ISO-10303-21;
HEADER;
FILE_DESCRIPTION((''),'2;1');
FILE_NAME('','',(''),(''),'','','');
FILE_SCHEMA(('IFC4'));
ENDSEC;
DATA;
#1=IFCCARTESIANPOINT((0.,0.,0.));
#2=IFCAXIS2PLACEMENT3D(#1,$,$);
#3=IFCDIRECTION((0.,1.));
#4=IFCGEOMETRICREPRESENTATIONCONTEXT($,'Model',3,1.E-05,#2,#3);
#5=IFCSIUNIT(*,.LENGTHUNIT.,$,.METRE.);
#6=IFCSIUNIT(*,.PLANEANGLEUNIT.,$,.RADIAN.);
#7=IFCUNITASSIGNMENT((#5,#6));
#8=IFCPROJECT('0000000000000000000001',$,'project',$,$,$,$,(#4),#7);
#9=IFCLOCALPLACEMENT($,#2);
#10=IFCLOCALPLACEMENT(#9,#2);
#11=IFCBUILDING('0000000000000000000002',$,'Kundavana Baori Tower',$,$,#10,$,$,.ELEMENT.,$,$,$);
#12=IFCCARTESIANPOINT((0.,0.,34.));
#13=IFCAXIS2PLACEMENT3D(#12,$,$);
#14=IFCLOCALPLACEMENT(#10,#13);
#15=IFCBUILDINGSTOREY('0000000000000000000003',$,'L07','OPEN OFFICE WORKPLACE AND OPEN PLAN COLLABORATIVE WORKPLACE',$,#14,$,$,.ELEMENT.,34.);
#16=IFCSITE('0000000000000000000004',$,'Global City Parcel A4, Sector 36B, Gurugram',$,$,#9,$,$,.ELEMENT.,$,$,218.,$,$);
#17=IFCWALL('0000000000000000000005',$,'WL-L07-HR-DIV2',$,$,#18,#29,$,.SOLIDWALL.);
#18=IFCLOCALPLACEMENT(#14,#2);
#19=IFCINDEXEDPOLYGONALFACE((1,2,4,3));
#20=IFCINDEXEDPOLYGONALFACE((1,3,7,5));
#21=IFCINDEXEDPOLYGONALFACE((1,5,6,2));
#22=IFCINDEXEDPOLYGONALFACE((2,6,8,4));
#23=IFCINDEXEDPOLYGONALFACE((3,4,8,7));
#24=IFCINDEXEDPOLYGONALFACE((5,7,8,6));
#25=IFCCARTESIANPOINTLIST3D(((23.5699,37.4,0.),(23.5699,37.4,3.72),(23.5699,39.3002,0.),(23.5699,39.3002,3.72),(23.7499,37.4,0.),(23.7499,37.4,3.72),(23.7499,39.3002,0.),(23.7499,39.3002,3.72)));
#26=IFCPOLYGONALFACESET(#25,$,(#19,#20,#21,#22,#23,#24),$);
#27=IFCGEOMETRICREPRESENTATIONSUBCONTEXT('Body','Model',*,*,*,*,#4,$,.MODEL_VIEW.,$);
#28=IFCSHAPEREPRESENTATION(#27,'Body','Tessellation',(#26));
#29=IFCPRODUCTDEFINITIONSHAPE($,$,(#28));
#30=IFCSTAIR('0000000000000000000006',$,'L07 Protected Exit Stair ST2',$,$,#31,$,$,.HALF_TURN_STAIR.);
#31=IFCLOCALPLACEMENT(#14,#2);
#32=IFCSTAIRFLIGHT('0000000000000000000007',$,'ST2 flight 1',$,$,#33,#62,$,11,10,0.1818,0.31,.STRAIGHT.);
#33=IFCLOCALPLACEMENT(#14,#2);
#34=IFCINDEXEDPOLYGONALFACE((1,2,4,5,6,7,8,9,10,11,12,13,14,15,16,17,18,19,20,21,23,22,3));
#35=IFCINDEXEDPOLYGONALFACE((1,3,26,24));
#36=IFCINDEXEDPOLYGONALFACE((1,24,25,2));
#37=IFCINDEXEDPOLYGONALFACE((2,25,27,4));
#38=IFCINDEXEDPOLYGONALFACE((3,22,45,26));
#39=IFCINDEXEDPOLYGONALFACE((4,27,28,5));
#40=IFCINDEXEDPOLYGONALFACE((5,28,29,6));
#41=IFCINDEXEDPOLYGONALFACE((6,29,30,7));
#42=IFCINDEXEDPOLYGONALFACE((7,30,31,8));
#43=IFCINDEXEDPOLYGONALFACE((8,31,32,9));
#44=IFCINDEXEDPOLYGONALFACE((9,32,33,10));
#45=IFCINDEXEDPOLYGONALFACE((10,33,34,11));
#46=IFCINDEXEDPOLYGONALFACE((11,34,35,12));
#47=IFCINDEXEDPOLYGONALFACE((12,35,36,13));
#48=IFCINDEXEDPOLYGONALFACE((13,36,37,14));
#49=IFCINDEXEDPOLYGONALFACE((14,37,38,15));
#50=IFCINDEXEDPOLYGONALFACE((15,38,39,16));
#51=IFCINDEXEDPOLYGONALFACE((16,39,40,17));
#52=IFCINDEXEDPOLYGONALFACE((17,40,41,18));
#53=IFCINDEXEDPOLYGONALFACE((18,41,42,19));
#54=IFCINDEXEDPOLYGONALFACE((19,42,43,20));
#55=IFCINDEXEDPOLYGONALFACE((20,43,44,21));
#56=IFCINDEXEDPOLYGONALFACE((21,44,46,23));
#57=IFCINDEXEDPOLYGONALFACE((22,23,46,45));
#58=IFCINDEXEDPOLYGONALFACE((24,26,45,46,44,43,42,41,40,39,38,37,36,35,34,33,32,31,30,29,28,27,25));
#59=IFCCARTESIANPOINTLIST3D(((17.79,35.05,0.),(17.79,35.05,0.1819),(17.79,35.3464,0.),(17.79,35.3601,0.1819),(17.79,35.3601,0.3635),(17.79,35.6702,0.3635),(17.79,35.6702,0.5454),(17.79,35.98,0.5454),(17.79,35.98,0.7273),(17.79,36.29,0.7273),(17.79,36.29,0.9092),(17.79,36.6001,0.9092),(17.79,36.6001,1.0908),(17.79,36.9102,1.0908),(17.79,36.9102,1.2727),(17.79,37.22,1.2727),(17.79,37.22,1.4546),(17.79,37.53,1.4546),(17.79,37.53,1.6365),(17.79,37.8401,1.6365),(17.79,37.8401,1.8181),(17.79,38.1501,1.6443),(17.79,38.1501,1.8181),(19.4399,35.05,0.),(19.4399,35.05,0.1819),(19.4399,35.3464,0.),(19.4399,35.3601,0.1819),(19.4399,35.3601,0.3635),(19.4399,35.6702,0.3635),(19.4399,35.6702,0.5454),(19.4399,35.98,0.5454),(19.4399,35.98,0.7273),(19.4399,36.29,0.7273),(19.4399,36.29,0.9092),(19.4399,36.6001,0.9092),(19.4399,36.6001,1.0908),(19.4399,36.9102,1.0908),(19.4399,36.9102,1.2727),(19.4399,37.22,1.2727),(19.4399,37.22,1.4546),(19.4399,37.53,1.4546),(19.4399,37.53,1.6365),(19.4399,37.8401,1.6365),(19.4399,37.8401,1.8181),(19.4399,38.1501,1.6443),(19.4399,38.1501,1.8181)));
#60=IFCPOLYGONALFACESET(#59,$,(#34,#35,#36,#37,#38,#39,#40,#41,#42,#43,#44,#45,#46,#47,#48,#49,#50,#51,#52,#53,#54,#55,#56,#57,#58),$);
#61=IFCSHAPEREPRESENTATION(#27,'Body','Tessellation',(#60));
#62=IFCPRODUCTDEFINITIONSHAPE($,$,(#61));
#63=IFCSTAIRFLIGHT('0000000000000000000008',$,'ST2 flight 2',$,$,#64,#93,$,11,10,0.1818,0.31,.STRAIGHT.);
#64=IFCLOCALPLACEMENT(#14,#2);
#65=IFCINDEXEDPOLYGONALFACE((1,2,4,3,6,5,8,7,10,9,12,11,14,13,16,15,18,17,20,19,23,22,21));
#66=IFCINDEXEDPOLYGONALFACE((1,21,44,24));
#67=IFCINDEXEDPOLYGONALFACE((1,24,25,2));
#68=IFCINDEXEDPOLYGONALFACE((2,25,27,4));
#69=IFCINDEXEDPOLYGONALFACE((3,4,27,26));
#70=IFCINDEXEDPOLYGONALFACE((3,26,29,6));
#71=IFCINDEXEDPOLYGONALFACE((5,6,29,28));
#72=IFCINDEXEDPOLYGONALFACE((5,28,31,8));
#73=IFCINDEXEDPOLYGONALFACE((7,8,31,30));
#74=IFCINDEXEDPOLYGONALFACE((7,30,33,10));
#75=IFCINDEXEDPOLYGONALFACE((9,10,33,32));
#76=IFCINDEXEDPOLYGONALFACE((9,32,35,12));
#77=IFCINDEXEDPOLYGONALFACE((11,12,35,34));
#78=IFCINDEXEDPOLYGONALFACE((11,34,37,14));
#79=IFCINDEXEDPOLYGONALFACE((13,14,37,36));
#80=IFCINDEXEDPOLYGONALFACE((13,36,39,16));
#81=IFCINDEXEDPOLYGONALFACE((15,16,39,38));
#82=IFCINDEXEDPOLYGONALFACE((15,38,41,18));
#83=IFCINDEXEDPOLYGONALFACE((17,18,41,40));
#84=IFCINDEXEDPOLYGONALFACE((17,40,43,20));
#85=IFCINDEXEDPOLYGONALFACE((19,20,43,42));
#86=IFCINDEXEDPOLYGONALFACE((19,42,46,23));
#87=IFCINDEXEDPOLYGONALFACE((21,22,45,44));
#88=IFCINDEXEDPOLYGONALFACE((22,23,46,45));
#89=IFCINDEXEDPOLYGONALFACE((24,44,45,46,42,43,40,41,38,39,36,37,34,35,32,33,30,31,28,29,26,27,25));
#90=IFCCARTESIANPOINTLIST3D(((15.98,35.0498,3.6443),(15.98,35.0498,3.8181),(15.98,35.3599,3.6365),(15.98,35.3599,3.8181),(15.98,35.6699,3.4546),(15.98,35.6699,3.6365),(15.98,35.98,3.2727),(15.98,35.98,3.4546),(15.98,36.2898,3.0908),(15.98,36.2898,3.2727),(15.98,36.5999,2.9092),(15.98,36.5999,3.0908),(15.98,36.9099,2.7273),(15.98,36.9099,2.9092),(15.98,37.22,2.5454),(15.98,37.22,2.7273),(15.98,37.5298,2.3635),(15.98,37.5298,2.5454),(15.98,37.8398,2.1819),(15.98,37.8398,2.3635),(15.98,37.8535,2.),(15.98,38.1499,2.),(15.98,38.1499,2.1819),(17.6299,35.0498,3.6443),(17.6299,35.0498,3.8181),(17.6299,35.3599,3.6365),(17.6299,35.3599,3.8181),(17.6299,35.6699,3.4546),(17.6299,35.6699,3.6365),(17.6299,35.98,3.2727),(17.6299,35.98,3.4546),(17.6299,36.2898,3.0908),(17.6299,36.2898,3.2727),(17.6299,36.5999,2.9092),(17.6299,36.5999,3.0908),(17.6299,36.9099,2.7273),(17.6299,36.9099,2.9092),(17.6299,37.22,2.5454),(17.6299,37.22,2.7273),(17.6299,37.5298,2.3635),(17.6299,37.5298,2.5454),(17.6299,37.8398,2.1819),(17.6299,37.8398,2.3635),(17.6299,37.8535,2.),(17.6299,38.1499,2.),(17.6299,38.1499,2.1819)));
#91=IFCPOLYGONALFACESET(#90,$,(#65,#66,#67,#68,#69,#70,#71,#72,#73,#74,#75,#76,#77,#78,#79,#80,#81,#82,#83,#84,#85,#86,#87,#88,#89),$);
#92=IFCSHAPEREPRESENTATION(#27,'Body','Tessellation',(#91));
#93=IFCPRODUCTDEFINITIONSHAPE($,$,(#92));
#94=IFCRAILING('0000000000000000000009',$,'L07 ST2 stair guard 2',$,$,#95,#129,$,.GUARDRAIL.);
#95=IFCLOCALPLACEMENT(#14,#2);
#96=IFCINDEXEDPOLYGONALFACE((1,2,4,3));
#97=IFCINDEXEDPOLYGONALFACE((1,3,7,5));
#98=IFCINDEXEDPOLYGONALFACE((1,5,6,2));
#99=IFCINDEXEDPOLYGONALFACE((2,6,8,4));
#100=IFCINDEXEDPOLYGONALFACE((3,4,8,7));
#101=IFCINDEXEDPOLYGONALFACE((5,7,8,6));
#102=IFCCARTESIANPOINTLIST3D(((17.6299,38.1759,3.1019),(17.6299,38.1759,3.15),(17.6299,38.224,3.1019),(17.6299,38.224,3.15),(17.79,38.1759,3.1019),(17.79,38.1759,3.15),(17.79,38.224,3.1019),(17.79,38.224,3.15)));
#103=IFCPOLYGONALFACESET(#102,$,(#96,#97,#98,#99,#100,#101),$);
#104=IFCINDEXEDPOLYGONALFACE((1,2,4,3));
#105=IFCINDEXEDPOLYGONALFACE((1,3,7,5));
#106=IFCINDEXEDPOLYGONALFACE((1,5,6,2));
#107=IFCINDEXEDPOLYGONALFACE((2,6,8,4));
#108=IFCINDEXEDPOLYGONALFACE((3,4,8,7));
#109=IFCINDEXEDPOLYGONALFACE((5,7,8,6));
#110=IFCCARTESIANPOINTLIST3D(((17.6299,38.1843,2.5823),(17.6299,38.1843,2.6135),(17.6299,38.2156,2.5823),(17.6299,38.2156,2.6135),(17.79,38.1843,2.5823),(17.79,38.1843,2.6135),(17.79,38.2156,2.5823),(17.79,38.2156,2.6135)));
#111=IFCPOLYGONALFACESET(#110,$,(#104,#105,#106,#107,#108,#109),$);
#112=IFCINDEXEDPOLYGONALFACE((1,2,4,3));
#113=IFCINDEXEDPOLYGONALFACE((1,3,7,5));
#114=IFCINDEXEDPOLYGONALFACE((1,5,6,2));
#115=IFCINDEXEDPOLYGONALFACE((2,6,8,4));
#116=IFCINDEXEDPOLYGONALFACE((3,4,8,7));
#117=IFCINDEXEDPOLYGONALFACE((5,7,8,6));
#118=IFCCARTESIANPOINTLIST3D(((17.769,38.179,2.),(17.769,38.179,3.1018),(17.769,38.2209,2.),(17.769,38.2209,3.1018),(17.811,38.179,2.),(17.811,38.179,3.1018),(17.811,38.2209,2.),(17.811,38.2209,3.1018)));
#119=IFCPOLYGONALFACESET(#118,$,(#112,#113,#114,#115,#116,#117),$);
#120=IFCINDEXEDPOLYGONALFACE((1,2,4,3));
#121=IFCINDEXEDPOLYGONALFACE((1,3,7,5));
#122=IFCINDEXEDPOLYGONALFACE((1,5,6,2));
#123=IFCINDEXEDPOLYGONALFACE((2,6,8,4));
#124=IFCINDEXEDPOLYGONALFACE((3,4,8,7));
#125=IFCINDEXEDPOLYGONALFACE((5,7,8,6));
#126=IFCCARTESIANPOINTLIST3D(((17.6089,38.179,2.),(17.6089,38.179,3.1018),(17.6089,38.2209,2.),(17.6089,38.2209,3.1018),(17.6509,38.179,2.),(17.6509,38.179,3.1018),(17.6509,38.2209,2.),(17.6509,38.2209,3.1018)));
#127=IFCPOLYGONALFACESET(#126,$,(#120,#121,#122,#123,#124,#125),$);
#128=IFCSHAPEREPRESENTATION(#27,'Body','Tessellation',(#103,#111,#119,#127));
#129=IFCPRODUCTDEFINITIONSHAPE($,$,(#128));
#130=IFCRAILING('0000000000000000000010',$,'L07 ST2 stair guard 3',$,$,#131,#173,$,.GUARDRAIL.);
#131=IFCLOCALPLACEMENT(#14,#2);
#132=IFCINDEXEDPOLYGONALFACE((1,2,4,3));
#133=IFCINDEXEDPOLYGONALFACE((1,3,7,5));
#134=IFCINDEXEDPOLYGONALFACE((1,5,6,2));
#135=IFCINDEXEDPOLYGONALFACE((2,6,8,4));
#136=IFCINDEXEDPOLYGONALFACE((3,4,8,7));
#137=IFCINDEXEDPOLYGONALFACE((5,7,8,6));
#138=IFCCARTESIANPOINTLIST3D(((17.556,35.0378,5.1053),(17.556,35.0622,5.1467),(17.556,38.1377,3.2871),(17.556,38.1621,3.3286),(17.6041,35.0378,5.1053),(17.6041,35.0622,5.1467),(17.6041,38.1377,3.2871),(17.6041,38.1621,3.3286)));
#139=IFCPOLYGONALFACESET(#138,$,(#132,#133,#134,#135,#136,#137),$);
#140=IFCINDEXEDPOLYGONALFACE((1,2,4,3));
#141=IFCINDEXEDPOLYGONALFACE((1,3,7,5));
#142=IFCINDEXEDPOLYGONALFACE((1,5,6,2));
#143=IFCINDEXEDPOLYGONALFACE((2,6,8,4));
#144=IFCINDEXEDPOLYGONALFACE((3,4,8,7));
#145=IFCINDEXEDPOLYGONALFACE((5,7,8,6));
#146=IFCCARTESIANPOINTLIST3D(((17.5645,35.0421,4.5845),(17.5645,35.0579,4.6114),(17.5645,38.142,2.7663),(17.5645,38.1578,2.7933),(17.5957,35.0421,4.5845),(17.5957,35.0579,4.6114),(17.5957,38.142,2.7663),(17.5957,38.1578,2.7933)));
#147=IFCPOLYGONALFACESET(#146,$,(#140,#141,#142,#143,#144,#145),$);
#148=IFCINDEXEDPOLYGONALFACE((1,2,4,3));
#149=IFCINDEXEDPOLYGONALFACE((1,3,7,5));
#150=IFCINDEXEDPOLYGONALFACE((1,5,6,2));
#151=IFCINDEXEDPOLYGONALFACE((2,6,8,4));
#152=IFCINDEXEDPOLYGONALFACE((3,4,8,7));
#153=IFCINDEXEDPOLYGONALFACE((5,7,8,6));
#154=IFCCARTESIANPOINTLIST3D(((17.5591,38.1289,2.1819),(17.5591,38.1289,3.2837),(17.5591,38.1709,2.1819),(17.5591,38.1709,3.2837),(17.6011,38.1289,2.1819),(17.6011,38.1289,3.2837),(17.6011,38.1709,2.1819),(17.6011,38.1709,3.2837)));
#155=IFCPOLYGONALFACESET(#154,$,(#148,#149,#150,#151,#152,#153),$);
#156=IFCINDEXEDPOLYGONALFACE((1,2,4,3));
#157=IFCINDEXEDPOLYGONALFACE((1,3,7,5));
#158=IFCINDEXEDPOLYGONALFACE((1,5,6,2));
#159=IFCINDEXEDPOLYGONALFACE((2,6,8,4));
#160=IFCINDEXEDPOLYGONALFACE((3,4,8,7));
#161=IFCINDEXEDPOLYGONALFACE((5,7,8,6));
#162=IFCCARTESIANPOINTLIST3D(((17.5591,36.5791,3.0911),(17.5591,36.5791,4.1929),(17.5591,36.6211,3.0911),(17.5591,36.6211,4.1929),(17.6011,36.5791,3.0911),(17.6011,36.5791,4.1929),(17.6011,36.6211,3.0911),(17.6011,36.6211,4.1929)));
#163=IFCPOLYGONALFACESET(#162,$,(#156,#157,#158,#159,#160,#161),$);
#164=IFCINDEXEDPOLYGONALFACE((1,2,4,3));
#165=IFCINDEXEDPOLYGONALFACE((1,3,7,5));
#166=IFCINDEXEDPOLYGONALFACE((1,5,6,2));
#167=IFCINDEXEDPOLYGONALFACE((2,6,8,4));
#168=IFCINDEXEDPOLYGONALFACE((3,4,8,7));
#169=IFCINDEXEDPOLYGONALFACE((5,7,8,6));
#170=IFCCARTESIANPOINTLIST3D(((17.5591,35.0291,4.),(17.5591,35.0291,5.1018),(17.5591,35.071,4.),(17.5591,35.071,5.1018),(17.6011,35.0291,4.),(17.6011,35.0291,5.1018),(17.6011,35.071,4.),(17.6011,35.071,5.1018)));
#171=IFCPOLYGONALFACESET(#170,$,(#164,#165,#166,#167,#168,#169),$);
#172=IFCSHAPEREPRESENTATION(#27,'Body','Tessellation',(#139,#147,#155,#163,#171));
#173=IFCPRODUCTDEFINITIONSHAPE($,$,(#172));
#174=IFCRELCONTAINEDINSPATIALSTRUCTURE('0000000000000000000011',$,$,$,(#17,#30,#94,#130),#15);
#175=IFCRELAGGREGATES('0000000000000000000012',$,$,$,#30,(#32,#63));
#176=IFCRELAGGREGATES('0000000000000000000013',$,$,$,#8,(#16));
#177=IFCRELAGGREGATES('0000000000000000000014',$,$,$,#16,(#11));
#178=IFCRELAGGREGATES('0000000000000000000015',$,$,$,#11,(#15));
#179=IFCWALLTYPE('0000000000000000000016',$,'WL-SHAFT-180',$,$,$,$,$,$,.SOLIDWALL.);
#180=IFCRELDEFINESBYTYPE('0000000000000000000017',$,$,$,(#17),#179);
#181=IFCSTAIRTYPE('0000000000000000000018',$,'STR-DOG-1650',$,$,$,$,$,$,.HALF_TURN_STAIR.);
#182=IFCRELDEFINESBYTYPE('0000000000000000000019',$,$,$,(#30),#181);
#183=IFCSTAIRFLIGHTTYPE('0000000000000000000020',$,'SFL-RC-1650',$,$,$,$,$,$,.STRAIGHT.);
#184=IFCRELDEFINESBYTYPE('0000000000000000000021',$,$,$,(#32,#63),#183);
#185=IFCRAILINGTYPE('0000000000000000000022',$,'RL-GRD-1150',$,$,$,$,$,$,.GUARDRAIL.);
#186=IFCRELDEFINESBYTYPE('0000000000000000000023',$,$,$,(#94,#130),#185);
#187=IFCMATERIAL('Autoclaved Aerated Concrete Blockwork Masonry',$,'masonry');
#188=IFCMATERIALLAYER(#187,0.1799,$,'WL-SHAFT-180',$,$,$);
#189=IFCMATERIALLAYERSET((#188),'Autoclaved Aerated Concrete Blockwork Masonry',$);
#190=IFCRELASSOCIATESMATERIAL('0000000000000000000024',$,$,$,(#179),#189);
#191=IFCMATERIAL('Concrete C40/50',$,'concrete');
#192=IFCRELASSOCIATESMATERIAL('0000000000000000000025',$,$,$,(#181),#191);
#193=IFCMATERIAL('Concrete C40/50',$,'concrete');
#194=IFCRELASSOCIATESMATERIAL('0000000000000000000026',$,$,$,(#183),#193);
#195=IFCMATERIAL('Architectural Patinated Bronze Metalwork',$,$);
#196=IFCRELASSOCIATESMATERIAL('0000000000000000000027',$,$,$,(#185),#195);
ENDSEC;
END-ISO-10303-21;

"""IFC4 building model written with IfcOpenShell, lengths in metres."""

from ifc_helpers import new_model, si_unit, direction, frame, frame_2d, origin, origin_2d, place, context, subcontext, project, spatial, polyline, rectangle, outline, extrude, material, layer, layer_set, type_object, element, aggregate, save


model = new_model("IFC4")

# Units and contexts
model_context = context("Model", 3, precision=1e-05, world=origin(), true_north=direction((0.0, 1.0)))
body_context = subcontext(model_context, "Body", "Model", "MODEL_VIEW")
ifc_project = project(units=[si_unit("LENGTHUNIT", "METRE"), si_unit("PLANEANGLEUNIT", "RADIAN")], contexts=[model_context])

# Site, building, storey
site_placement = place(None, origin())
site = spatial("IfcSite", under=ifc_project, at=site_placement, Name="Global City Parcel A4, Sector 36B, Gurugram", CompositionType="ELEMENT", RefElevation=218.0)
building_placement = place(site_placement, origin())
building = spatial("IfcBuilding", under=site, at=building_placement, Name="Kundavana Baori Tower", CompositionType="ELEMENT")
storey_placement = place(building_placement, frame((0.0, 0.0, 34.0)))
storey = spatial("IfcBuildingStorey", under=building, at=storey_placement, Name="L07", Description="OPEN OFFICE WORKPLACE AND OPEN PLAN COLLABORATIVE WORKPLACE", CompositionType="ELEMENT", Elevation=34.0)

# Shared definitions
ifc_material_1 = material(Name="Autoclaved Aerated Concrete Blockwork Masonry", Category="masonry")
ifc_layer_1 = layer(ifc_material_1, 0.1799, Name="WL-SHAFT-180")
ifc_layer_set_1 = layer_set([ifc_layer_1], Name="Autoclaved Aerated Concrete Blockwork Masonry")
wall_type_1 = type_object("IfcWallType", Name="WL-SHAFT-180", PredefinedType="SOLIDWALL", material=ifc_layer_set_1)

# Wall
wall_1_placement = place(storey_placement, frame((23.6599, 37.3999, 0.0), z_axis=(0.0, 0.0, 1.0), x_axis=(0.0, 1.0, 0.0)))
element("IfcWall", 1, at=wall_1_placement, inside=storey, type_object=wall_type_1, Name="WL-L07-HR-DIV2", PredefinedType="SOLIDWALL", context=body_context, shape_type="SweptSolid", body=[
    extrude(rectangle(XDim=1.9001, YDim=0.1799, at=frame_2d((0.9502, 0.0))), origin(), (0.0, 0.0, 1.0), 3.72),
])

# Stair, stair flights
ifc_material_2 = material(Name="Concrete C40/50", Category="concrete")
stair_type = type_object("IfcStairType", Name="STR-DOG-1650", PredefinedType="HALF_TURN_STAIR", material=ifc_material_2)
stair_placement = place(storey_placement, origin())
stair = element("IfcStair", 2, at=stair_placement, inside=storey, type_object=stair_type, Name="L07 Protected Exit Stair ST2", PredefinedType="HALF_TURN_STAIR")
ifc_material_3 = material(Name="Concrete C40/50", Category="concrete")
stair_flight_type = type_object("IfcStairFlightType", Name="SFL-RC-1650", PredefinedType="STRAIGHT", material=ifc_material_3)
stair_flight_1_placement = place(storey_placement, frame((18.615, 35.05, 0.0), z_axis=(0.0, 0.0, 1.0), x_axis=(0.0, 1.0, 0.0)))
stair_flight_1 = element("IfcStairFlight", 3, at=stair_flight_1_placement, type_object=stair_flight_type, Name="ST2 flight 1", NumberOfRisers=11, NumberOfTreads=10, PredefinedType="STRAIGHT", RiserHeight=0.1818, TreadLength=0.31, context=body_context, shape_type="SweptSolid", body=[
    extrude(outline(polyline([(0.0, 0.0), (0.0, 0.1819), (0.3101, 0.1819), (0.3101, 0.3635), (0.6201, 0.3635), (0.6201, 0.5454), (0.9299, 0.5454), (0.9299, 0.7273), (1.24, 0.7273), (1.24, 0.9092), (1.55, 0.9092), (1.55, 1.0908), (1.8601, 1.0908), (1.8601, 1.2727), (2.1699, 1.2727), (2.1699, 1.4546), (2.48, 1.4546), (2.48, 1.6365), (2.79, 1.6365), (2.79, 1.8181), (3.1001, 1.8181), (3.1001, 2.0), (3.1001, 1.6443), (0.2964, 0.0), (0.0, 0.0)])), frame((0.0, 0.825, 0.0), z_axis=(0.0, -1.0, 0.0), x_axis=(1.0, 0.0, 0.0)), (0.0, 0.0, 1.0), 1.6499),
])
stair_flight_2_placement = place(storey_placement, frame((16.8049, 38.1499, 2.0), z_axis=(0.0, 0.0, 1.0), x_axis=(0.0, -1.0, 0.0)))
stair_flight_2 = element("IfcStairFlight", 4, at=stair_flight_2_placement, type_object=stair_flight_type, Name="ST2 flight 2", NumberOfRisers=11, NumberOfTreads=10, PredefinedType="STRAIGHT", RiserHeight=0.1818, TreadLength=0.31, context=body_context, shape_type="SweptSolid", body=[
    extrude(outline(polyline([(0.0, 0.0), (0.0, 0.1819), (0.3101, 0.1819), (0.3101, 0.3635), (0.6201, 0.3635), (0.6201, 0.5454), (0.9299, 0.5454), (0.9299, 0.7273), (1.24, 0.7273), (1.24, 0.9092), (1.55, 0.9092), (1.55, 1.0908), (1.8601, 1.0908), (1.8601, 1.2727), (2.1699, 1.2727), (2.1699, 1.4546), (2.48, 1.4546), (2.48, 1.6365), (2.79, 1.6365), (2.79, 1.8181), (3.1001, 1.8181), (3.1001, 2.0), (3.1001, 1.6443), (0.2964, 0.0), (0.0, 0.0)])), frame((0.0, 0.825, 0.0), z_axis=(0.0, -1.0, 0.0), x_axis=(1.0, 0.0, 0.0)), (0.0, 0.0, 1.0), 1.6499),
])
aggregate(stair, [stair_flight_1, stair_flight_2])

# Railings
ifc_material_4 = material(Name="Architectural Patinated Bronze Metalwork")
railing_type_1 = type_object("IfcRailingType", Name="RL-GRD-1150", PredefinedType="GUARDRAIL", material=ifc_material_4)
railing_1_placement = place(storey_placement, frame((17.79, 38.2, 2.0)))
element("IfcRailing", 5, at=railing_1_placement, inside=storey, type_object=railing_type_1, Name="L07 ST2 stair guard 2", PredefinedType="GUARDRAIL", context=body_context, shape_type="SweptSolid", body=[
    extrude(rectangle(XDim=0.0481, YDim=0.0481, at=origin_2d()), frame((0.0, 0.0, 1.126), z_axis=(-1.0, 0.0, 0.0), x_axis=(0.0, -1.0, 0.0)), (0.0, 0.0, 1.0), 0.1602),
    extrude(rectangle(XDim=0.0312, YDim=0.0312, at=origin_2d()), frame((0.0, 0.0, 0.5979), z_axis=(-1.0, 0.0, 0.0), x_axis=(0.0, -1.0, 0.0)), (0.0, 0.0, 1.0), 0.1602),
    extrude(rectangle(XDim=0.042, YDim=0.042, at=origin_2d()), origin(), (0.0, 0.0, 1.0), 1.1018),
    extrude(rectangle(XDim=0.042, YDim=0.042, at=origin_2d()), frame((-0.1602, 0.0, 0.0)), (0.0, 0.0, 1.0), 1.1018),
])
railing_2_placement = place(storey_placement, frame((17.5801, 38.1499, 2.1819)))
element("IfcRailing", 6, at=railing_2_placement, inside=storey, type_object=railing_type_1, Name="L07 ST2 stair guard 3", PredefinedType="GUARDRAIL", context=body_context, shape_type="SweptSolid", body=[
    extrude(rectangle(XDim=0.0481, YDim=0.0481, at=origin_2d()), frame((0.0, 0.0, 1.126), z_axis=(0.0, -0.862581, 0.505918), x_axis=(1.0, 0.0, 0.0)), (0.0, 0.0, 1.0), 3.5938),
    extrude(rectangle(XDim=0.0312, YDim=0.0312, at=origin_2d()), frame((0.0, 0.0, 0.5979), z_axis=(0.0, -0.862581, 0.505918), x_axis=(1.0, 0.0, 0.0)), (0.0, 0.0, 1.0), 3.5938),
    extrude(rectangle(XDim=0.042, YDim=0.042, at=origin_2d()), origin(), (0.0, 0.0, 1.0), 1.1018),
    extrude(rectangle(XDim=0.042, YDim=0.042, at=origin_2d()), frame((0.0, -1.5498, 0.9092)), (0.0, 0.0, 1.0), 1.1018),
    extrude(rectangle(XDim=0.042, YDim=0.042, at=origin_2d()), frame((0.0, -3.0999, 1.8181)), (0.0, 0.0, 1.0), 1.1018),
])

save(model, "model.ifc")
